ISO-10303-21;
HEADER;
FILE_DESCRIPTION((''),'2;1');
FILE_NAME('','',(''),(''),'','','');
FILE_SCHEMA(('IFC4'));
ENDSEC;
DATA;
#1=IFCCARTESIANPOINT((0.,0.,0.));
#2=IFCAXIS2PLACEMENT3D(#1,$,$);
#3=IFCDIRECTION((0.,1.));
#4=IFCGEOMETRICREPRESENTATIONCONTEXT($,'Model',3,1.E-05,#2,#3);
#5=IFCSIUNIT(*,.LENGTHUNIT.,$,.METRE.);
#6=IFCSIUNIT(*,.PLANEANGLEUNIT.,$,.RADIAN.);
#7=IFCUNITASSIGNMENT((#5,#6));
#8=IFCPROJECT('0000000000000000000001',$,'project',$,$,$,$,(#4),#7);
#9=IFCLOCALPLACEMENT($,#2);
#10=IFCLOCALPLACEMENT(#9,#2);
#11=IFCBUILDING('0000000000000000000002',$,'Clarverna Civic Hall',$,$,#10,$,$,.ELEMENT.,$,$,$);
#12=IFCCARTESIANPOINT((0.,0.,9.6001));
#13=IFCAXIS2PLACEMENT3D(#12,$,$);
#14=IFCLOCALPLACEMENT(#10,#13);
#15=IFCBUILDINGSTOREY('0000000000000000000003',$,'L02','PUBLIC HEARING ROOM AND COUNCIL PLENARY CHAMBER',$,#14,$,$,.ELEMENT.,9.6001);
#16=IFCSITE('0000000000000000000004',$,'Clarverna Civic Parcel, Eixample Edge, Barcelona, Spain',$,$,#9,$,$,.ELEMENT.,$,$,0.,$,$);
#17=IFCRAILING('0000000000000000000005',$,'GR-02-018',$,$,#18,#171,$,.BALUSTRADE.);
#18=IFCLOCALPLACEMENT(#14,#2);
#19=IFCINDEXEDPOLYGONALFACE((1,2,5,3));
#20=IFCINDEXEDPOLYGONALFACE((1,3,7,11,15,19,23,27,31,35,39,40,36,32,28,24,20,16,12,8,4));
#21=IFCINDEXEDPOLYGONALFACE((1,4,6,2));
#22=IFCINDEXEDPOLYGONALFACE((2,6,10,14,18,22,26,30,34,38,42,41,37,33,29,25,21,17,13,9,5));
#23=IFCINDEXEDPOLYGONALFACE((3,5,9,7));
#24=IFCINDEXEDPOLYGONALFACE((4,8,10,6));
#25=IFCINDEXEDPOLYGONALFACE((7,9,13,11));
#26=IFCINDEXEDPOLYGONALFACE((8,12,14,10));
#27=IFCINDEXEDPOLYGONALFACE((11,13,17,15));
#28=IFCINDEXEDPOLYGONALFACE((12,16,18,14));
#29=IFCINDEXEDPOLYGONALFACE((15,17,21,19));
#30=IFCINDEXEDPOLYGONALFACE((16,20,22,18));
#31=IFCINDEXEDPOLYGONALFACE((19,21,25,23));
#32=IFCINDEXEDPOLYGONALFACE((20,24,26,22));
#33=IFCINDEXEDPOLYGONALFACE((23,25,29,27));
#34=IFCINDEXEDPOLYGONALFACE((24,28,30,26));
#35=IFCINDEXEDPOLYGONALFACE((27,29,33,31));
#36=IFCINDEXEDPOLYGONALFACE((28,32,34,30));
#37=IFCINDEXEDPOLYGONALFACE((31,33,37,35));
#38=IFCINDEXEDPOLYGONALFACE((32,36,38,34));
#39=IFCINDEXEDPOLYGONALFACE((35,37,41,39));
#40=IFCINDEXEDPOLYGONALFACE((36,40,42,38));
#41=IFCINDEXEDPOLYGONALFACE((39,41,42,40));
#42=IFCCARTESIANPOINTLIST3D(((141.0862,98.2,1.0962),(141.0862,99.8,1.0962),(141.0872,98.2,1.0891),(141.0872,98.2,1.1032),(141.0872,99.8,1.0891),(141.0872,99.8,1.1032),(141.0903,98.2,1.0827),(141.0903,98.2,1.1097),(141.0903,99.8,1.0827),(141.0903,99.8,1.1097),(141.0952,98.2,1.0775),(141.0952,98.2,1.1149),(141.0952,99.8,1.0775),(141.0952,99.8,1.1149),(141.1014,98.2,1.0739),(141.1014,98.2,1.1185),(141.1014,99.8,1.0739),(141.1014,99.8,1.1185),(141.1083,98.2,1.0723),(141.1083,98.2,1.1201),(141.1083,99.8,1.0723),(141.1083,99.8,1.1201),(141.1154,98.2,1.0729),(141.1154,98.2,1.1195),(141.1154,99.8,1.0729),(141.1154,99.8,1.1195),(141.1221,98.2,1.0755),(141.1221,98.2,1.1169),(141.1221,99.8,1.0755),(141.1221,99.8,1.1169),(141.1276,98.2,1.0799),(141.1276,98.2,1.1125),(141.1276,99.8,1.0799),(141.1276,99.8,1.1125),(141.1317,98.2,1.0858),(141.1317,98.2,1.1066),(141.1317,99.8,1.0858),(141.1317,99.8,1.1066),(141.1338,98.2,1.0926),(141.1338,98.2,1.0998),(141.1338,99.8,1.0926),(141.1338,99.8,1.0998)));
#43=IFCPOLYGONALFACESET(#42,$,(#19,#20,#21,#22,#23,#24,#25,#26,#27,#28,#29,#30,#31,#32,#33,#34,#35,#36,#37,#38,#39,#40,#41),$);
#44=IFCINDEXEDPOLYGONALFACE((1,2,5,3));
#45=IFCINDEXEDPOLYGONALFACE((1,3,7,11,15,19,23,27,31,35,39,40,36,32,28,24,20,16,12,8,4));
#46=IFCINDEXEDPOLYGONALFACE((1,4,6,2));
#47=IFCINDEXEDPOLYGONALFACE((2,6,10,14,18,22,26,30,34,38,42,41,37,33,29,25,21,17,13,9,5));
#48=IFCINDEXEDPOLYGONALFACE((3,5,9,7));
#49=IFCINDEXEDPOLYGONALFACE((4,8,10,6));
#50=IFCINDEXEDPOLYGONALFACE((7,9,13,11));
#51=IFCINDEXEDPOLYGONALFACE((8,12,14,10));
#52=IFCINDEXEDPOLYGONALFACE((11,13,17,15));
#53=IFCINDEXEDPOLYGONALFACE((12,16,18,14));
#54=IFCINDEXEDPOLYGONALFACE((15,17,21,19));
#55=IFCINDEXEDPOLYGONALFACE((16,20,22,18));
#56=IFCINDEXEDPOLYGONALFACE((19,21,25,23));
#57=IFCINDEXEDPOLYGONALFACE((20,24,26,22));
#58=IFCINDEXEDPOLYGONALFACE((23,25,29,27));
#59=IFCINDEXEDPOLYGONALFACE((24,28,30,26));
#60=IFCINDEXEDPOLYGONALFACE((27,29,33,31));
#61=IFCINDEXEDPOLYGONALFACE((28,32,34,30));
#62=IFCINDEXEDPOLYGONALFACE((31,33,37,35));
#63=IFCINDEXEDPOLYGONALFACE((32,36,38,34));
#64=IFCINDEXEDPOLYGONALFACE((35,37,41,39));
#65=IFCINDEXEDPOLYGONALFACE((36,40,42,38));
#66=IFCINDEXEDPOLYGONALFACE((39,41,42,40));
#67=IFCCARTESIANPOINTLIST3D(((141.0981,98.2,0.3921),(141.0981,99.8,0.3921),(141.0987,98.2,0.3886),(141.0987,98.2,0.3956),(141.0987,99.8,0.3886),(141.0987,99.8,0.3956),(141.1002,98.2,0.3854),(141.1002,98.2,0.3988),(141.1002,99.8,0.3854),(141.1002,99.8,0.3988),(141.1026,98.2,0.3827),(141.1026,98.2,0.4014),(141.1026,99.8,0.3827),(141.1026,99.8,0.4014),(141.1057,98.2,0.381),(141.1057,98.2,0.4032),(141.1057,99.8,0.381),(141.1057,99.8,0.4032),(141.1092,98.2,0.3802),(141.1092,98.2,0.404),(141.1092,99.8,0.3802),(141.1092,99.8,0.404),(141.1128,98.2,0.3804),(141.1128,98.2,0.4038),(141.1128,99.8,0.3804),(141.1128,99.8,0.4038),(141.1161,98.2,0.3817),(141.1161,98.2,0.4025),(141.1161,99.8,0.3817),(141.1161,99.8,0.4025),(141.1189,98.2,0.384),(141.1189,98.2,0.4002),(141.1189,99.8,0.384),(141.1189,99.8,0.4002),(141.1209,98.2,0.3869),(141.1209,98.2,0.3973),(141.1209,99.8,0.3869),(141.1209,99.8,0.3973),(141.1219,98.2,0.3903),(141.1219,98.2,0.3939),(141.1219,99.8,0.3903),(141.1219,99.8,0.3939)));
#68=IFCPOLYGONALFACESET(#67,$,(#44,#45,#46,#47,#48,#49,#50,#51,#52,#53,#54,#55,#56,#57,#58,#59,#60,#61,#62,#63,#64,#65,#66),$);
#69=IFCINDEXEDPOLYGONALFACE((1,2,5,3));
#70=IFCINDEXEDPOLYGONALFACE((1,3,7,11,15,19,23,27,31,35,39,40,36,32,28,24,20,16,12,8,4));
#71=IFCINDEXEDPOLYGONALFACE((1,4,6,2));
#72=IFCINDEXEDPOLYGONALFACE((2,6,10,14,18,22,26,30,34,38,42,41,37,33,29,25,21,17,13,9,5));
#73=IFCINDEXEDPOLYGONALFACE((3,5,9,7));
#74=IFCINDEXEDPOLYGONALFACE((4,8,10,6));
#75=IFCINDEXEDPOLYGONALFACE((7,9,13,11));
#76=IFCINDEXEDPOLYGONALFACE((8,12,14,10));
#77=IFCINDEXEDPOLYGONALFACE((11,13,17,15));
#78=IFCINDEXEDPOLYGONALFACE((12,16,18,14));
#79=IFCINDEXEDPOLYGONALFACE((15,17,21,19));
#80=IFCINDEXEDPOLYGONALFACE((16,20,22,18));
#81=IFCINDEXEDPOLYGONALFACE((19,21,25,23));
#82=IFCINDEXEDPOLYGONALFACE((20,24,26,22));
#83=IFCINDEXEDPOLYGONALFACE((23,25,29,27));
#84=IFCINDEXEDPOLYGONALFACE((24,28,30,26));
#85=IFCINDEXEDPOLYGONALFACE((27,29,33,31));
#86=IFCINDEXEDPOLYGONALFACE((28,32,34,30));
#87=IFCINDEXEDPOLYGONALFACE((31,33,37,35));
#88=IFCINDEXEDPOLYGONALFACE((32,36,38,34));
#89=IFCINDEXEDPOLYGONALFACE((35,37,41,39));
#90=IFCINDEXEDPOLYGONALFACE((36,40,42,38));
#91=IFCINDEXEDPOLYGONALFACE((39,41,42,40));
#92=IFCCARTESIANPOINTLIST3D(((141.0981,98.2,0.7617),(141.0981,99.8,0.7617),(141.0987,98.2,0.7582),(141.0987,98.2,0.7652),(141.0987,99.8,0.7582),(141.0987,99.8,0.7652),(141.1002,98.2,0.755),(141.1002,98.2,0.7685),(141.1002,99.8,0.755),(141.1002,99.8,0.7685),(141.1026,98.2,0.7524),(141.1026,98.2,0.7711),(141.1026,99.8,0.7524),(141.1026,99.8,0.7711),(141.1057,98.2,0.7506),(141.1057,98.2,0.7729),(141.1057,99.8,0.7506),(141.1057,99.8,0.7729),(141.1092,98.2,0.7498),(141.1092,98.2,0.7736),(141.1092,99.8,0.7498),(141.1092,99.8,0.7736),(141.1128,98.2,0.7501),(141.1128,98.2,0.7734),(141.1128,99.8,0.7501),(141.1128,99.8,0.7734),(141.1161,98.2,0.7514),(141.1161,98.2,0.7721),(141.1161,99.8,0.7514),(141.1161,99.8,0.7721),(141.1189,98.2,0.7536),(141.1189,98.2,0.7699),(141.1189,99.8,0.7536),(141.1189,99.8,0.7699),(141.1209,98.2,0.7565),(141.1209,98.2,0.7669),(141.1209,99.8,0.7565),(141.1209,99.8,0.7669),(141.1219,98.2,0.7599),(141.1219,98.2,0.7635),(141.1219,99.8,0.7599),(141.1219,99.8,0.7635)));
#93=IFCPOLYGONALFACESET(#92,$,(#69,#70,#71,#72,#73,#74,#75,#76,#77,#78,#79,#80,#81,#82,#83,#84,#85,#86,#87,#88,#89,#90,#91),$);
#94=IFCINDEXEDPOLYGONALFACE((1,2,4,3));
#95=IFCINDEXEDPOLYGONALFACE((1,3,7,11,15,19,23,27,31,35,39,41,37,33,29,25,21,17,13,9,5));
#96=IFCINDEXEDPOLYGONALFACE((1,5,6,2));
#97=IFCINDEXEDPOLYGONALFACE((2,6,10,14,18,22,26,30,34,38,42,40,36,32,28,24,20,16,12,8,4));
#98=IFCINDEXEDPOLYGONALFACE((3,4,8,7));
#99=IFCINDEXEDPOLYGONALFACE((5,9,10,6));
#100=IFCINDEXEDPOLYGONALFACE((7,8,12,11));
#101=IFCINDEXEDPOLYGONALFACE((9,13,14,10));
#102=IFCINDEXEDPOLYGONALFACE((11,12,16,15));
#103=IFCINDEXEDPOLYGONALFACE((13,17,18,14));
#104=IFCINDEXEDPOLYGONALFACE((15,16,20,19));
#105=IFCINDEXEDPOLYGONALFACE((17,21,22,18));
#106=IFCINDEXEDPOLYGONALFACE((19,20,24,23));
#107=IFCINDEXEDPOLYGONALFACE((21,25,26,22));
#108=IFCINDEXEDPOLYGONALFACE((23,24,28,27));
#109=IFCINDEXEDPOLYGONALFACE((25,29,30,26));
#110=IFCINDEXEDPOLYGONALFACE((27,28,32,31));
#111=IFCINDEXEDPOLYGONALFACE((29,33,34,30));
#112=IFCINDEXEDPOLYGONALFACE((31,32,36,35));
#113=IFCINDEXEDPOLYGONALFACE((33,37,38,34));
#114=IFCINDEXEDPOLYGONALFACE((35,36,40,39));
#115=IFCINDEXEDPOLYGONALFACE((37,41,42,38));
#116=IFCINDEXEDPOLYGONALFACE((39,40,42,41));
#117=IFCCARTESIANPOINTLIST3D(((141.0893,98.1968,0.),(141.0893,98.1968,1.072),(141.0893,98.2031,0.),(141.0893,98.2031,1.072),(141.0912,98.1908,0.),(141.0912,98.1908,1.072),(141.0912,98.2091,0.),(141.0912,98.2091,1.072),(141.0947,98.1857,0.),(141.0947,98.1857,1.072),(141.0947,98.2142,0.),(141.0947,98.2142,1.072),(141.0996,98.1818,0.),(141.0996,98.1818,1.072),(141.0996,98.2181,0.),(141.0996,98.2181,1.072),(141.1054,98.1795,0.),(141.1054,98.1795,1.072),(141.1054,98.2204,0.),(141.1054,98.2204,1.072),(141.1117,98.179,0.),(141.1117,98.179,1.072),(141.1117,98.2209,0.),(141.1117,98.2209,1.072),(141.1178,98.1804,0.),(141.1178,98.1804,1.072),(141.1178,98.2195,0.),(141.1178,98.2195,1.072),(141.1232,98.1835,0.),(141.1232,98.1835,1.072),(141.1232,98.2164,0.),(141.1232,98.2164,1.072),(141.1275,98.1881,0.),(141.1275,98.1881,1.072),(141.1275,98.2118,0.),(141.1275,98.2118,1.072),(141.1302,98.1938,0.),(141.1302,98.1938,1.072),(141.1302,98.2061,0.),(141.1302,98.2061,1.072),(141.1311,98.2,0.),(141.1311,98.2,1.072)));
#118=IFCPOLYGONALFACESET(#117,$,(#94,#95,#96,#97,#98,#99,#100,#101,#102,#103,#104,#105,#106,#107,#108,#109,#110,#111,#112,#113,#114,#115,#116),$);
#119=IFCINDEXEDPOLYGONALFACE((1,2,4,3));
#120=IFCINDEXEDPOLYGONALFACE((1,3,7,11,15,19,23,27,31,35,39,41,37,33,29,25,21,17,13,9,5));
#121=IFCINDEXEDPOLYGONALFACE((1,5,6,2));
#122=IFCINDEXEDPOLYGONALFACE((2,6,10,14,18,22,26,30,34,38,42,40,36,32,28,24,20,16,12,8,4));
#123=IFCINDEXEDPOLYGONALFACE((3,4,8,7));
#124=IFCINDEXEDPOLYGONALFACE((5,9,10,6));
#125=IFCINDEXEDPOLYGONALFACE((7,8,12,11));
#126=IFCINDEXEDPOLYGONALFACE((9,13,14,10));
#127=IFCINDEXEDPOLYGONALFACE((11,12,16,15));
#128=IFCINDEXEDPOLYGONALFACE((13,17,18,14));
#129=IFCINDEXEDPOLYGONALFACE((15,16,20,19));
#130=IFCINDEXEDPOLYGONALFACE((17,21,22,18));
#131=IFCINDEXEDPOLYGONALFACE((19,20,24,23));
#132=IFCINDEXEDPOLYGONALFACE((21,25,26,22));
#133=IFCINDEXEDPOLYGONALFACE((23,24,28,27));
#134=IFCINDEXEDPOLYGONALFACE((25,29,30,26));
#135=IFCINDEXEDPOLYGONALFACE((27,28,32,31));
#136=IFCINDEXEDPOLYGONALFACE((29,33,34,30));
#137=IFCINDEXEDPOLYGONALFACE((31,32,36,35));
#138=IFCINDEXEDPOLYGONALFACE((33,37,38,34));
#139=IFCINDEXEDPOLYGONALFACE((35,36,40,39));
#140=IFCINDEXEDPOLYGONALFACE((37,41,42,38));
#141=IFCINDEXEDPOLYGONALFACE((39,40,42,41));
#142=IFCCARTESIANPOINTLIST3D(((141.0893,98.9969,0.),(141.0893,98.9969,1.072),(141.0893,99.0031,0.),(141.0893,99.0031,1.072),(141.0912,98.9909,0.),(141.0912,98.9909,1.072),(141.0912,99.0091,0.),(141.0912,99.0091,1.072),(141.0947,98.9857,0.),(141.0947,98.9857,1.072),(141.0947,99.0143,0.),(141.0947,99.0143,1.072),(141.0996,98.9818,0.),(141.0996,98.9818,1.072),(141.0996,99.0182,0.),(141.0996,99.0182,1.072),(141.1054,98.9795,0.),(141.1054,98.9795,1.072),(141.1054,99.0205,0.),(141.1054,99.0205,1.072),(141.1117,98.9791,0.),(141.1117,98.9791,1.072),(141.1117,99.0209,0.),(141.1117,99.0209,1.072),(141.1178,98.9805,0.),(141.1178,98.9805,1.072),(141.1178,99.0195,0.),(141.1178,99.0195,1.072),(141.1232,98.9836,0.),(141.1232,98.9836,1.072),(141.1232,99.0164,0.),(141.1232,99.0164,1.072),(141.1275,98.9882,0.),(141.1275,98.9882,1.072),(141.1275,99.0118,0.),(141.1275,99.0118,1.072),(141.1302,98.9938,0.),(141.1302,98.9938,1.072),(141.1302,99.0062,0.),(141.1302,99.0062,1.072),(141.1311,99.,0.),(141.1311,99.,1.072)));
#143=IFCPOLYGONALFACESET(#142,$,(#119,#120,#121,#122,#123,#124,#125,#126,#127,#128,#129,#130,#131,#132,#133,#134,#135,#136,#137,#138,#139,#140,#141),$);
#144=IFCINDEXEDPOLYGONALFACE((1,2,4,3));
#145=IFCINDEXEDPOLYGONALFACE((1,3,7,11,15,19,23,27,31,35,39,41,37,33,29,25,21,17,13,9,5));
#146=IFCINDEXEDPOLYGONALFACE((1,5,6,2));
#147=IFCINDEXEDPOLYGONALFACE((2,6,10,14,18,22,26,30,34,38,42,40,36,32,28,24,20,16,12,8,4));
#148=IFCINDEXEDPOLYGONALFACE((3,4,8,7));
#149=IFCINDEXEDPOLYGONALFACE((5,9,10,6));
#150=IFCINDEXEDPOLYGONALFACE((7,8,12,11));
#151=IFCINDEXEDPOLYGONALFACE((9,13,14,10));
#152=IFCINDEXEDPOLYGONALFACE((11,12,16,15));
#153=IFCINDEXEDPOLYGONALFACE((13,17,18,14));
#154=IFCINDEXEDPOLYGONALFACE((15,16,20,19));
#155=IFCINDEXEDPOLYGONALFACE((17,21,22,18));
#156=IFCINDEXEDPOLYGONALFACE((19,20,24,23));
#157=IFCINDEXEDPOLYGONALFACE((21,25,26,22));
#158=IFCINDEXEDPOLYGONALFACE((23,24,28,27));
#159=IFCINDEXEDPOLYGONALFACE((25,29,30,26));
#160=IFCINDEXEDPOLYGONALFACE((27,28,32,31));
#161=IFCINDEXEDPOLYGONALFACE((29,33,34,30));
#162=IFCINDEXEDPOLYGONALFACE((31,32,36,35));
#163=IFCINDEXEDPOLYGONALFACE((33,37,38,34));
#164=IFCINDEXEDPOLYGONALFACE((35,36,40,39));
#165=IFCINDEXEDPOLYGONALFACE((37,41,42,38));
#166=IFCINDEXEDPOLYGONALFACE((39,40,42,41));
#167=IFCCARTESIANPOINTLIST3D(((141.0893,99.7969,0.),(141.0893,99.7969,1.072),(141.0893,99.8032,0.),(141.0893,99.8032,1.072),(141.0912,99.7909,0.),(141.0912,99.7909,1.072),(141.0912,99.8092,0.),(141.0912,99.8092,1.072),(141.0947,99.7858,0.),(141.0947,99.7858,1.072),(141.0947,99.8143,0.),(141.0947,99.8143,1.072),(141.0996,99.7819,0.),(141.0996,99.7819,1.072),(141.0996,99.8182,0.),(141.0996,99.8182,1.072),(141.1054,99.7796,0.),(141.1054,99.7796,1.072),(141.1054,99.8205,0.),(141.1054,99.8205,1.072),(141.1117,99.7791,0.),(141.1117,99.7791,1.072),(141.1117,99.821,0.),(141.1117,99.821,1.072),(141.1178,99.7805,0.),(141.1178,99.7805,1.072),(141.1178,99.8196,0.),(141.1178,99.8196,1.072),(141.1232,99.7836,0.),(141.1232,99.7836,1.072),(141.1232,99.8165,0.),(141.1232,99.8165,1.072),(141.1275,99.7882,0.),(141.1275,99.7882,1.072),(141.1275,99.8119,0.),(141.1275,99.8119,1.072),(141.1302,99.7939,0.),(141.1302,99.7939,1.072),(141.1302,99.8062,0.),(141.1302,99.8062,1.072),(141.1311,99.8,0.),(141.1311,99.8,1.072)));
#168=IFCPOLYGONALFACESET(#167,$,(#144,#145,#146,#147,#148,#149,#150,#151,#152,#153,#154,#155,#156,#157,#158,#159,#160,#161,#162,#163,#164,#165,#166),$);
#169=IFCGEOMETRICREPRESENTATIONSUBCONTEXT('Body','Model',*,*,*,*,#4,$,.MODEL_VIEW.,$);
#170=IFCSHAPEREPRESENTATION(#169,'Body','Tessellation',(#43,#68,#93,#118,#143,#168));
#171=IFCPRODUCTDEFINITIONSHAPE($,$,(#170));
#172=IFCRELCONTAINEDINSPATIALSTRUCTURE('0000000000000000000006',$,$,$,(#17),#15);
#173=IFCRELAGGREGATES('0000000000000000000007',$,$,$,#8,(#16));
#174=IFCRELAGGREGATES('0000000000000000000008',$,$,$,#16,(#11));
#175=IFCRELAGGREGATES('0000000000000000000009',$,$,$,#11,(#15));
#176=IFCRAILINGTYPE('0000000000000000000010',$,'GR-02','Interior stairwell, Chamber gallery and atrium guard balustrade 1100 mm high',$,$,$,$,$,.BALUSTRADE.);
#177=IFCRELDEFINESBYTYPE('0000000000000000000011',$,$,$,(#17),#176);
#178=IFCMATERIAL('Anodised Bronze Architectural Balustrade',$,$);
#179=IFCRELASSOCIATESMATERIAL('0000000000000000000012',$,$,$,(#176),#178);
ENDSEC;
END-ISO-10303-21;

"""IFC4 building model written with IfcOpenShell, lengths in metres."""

from ifc_helpers import new_model, si_unit, direction, frame, origin, origin_2d, place, context, subcontext, project, spatial, circle, extrude, material, type_object, element, save


model = new_model("IFC4")

# Units and contexts
model_context = context("Model", 3, precision=1e-05, world=origin(), true_north=direction((0.0, 1.0)))
body_context = subcontext(model_context, "Body", "Model", "MODEL_VIEW")
ifc_project = project(units=[si_unit("LENGTHUNIT", "METRE"), si_unit("PLANEANGLEUNIT", "RADIAN")], contexts=[model_context])

# Site, building, storey
site_placement = place(None, origin())
site = spatial("IfcSite", under=ifc_project, at=site_placement, Name="Clarverna Civic Parcel, Eixample Edge, Barcelona, Spain", CompositionType="ELEMENT", RefElevation=0.0)
building_placement = place(site_placement, origin())
building = spatial("IfcBuilding", under=site, at=building_placement, Name="Clarverna Civic Hall", CompositionType="ELEMENT")
storey_placement = place(building_placement, frame((0.0, 0.0, 9.6001)))
storey = spatial("IfcBuildingStorey", under=building, at=storey_placement, Name="L02", Description="PUBLIC HEARING ROOM AND COUNCIL PLENARY CHAMBER", CompositionType="ELEMENT", Elevation=9.6001)

# Railing
ifc_material_1 = material(Name="Anodised Bronze Architectural Balustrade")
railing_type_1 = type_object("IfcRailingType", Name="GR-02", Description="Interior stairwell, Chamber gallery and atrium guard balustrade 1100 mm high", PredefinedType="BALUSTRADE", material=ifc_material_1)
railing_1_placement = place(storey_placement, frame((141.1101, 98.2, 0.0)))
element("IfcRailing", 1, at=railing_1_placement, inside=storey, type_object=railing_type_1, Name="GR-02-018", PredefinedType="BALUSTRADE", context=body_context, shape_type="SweptSolid", body=[
    extrude(circle(Radius=0.0239, at=origin_2d()), frame((0.0, 0.0, 1.0962), z_axis=(0.0, 1.0, 0.0), x_axis=(-1.0, 0.0, 0.0)), (0.0, 0.0, 1.0), 1.6001),
    extrude(circle(Radius=0.012, at=origin_2d()), frame((0.0, 0.0, 0.3921), z_axis=(0.0, 1.0, 0.0), x_axis=(-1.0, 0.0, 0.0)), (0.0, 0.0, 1.0), 1.6001),
    extrude(circle(Radius=0.012, at=origin_2d()), frame((0.0, 0.0, 0.7617), z_axis=(0.0, 1.0, 0.0), x_axis=(-1.0, 0.0, 0.0)), (0.0, 0.0, 1.0), 1.6001),
    extrude(circle(Radius=0.021, at=origin_2d()), origin(), (0.0, 0.0, 1.0), 1.072),
    extrude(circle(Radius=0.021, at=origin_2d()), frame((0.0, 0.8, 0.0)), (0.0, 0.0, 1.0), 1.072),
    extrude(circle(Radius=0.021, at=origin_2d()), frame((0.0, 1.6001, 0.0)), (0.0, 0.0, 1.0), 1.072),
])

save(model, "model.ifc")
